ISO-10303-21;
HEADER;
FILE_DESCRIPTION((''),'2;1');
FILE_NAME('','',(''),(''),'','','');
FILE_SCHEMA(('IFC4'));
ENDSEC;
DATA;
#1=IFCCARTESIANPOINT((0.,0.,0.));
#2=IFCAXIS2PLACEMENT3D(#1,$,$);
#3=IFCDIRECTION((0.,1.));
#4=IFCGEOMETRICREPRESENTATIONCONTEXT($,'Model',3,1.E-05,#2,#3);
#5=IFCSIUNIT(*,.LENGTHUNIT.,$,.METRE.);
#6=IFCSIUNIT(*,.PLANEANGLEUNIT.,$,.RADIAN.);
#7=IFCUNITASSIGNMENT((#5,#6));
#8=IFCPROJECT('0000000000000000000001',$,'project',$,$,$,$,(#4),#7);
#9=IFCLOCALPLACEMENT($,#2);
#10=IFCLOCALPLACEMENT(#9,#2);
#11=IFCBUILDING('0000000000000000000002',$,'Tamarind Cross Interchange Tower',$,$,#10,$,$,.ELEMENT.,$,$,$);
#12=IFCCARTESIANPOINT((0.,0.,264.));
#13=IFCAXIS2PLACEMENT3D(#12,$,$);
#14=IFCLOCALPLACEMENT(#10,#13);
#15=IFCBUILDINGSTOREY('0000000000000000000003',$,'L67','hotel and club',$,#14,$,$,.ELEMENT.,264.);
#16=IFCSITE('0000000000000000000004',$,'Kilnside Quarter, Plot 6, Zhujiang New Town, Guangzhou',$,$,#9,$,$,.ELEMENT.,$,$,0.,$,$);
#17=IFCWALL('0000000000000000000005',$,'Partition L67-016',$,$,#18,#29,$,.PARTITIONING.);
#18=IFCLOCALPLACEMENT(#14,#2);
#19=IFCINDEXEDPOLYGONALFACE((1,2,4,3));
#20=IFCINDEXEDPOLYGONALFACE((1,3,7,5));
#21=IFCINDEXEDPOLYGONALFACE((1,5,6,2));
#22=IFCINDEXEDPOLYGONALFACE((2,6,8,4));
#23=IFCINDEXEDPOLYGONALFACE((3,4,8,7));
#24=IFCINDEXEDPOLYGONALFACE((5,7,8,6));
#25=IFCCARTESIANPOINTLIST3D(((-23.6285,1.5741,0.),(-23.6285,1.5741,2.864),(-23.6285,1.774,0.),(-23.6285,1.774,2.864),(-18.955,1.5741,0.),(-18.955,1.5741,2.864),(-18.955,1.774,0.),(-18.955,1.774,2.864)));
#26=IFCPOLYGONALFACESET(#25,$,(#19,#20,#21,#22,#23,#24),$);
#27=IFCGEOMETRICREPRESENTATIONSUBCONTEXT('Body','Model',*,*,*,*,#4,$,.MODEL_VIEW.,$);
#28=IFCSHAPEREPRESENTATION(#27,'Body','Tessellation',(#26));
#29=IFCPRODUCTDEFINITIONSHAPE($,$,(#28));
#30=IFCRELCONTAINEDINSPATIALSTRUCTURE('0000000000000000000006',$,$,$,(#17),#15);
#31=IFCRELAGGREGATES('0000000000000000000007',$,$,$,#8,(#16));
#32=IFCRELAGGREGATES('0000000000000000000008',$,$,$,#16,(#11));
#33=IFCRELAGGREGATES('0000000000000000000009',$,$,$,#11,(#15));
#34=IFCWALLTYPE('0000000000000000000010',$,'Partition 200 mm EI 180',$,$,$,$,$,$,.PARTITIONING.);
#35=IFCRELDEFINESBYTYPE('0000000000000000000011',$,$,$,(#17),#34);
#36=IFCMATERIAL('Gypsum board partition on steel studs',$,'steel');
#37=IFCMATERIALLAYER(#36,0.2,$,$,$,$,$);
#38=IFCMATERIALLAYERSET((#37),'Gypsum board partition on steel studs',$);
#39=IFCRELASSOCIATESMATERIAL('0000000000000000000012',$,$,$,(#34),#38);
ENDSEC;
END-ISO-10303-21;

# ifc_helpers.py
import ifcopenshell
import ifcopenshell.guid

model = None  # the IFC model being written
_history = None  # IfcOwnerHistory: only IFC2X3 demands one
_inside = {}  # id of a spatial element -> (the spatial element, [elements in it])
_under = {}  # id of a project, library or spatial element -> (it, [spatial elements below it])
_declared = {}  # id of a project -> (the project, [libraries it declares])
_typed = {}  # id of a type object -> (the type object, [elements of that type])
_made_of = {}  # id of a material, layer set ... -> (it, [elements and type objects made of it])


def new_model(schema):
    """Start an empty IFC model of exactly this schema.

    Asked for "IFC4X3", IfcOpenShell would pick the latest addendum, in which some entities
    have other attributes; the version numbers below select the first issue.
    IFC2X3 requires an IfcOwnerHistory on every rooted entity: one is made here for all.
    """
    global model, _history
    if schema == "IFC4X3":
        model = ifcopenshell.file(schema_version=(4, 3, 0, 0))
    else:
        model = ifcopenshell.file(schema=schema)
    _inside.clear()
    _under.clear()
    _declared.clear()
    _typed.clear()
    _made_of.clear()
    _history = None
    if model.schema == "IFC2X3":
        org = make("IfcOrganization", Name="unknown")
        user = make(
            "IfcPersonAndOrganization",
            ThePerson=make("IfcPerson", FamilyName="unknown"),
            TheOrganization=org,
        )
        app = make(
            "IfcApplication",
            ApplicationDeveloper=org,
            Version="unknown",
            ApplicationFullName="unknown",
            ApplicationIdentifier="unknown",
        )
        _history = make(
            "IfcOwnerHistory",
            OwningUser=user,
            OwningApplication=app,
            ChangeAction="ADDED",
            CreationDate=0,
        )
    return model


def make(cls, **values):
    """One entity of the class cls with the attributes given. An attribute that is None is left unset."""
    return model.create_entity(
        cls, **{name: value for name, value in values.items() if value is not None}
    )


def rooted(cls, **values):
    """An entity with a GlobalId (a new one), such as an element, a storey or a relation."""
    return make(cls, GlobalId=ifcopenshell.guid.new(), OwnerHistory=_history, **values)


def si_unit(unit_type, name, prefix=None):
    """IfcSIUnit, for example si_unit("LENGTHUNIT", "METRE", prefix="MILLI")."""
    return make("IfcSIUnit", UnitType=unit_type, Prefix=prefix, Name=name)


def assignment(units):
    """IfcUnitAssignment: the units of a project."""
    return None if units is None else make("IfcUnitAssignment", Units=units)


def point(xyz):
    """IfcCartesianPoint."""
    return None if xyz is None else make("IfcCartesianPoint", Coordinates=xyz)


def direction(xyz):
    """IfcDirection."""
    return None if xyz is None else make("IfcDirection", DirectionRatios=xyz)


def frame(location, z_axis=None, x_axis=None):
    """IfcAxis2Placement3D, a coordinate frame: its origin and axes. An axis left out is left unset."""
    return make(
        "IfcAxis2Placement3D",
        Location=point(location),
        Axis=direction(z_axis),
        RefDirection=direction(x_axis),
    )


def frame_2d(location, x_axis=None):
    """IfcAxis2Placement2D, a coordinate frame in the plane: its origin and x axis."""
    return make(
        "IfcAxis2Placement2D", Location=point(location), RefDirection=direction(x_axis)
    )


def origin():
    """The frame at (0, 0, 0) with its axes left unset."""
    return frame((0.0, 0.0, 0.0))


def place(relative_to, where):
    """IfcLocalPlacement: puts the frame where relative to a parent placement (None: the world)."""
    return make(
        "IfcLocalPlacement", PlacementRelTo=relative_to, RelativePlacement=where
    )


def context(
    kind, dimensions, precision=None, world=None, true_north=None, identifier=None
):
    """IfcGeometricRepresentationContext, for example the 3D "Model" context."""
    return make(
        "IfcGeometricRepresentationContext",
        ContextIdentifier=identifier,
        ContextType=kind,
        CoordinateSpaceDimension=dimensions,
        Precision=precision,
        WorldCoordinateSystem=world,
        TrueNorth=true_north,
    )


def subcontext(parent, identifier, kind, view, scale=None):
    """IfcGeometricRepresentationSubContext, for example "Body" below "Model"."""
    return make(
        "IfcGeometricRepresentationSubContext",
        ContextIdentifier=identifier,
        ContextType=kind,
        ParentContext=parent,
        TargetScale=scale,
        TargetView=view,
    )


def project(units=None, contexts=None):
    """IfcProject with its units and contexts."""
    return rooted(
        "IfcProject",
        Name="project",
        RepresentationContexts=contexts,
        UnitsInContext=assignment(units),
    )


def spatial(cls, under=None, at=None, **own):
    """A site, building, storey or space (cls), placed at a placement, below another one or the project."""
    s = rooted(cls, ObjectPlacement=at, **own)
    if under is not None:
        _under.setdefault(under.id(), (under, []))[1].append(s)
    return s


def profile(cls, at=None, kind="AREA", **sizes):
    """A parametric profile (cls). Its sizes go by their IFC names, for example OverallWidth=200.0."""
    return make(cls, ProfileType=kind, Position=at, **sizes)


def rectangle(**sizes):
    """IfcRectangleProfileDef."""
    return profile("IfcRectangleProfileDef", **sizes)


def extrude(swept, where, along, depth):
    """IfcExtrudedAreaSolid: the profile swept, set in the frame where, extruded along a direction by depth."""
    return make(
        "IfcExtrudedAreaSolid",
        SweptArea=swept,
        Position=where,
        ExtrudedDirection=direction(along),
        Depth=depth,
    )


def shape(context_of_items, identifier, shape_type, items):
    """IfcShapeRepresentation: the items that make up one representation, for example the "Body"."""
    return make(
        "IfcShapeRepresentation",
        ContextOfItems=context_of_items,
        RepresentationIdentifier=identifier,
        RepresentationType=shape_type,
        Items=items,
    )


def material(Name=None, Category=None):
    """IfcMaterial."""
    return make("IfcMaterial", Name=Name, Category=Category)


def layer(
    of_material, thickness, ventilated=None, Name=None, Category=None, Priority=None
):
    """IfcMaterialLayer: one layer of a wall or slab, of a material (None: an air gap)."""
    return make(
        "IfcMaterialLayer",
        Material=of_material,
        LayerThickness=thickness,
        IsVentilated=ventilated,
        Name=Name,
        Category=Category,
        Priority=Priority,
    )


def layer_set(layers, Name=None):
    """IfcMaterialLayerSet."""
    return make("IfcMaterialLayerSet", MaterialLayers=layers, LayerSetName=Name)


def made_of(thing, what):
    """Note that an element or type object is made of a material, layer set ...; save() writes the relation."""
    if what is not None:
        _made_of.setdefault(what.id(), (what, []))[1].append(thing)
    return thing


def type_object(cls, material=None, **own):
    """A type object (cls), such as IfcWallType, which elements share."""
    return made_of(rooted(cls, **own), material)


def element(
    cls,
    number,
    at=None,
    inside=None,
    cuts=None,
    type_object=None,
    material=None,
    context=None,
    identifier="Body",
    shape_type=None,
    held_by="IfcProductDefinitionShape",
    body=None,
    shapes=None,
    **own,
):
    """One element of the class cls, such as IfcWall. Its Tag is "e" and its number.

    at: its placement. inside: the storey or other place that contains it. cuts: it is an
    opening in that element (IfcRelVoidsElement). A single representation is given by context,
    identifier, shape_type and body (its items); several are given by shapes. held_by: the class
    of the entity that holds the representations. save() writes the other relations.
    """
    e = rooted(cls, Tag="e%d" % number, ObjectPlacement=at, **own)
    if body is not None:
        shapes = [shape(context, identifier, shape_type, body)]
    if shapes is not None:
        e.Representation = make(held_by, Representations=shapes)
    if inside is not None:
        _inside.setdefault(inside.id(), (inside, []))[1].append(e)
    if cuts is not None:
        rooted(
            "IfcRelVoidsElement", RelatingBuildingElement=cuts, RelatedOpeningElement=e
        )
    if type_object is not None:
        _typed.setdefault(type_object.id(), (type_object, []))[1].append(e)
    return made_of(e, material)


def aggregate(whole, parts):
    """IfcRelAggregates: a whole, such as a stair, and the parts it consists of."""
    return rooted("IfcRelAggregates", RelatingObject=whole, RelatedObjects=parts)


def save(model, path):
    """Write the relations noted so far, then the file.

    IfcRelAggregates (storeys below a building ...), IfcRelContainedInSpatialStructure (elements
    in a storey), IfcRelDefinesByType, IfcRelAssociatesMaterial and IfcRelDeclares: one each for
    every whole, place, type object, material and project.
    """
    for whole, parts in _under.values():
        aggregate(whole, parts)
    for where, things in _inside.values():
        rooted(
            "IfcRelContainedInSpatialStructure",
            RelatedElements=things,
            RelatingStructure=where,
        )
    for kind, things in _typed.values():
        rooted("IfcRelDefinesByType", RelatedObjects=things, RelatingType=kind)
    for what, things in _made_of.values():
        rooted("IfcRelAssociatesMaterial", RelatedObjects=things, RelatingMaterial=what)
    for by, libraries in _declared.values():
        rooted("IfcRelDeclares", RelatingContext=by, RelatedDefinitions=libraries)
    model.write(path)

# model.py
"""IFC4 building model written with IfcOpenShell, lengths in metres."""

from ifc_helpers import new_model, si_unit, direction, frame, frame_2d, origin, place, context, subcontext, project, spatial, rectangle, extrude, material, layer, layer_set, type_object, element, save


model = new_model("IFC4")

# Units and contexts
model_context = context("Model", 3, precision=1e-05, world=origin(), true_north=direction((0.0, 1.0)))
body_context = subcontext(model_context, "Body", "Model", "MODEL_VIEW")
ifc_project = project(units=[si_unit("LENGTHUNIT", "METRE"), si_unit("PLANEANGLEUNIT", "RADIAN")], contexts=[model_context])

# Site, building, storey
site_placement = place(None, origin())
site = spatial("IfcSite", under=ifc_project, at=site_placement, Name="Kilnside Quarter, Plot 6, Zhujiang New Town, Guangzhou", CompositionType="ELEMENT", RefElevation=0.0)
building_placement = place(site_placement, origin())
building = spatial("IfcBuilding", under=site, at=building_placement, Name="Tamarind Cross Interchange Tower", CompositionType="ELEMENT")
storey_placement = place(building_placement, frame((0.0, 0.0, 264.0)))
storey = spatial("IfcBuildingStorey", under=building, at=storey_placement, Name="L67", Description="hotel and club", CompositionType="ELEMENT", Elevation=264.0)

# Shared definitions
ifc_material_1 = material(Name="Gypsum board partition on steel studs", Category="steel")

# Wall
ifc_layer_1 = layer(ifc_material_1, 0.2)
ifc_layer_set_1 = layer_set([ifc_layer_1], Name="Gypsum board partition on steel studs")
wall_type_1 = type_object("IfcWallType", Name="Partition 200 mm EI 180", PredefinedType="PARTITIONING", material=ifc_layer_set_1)
wall_1_placement = place(storey_placement, frame((-23.6287, 1.6741, 0.0), z_axis=(0.0, 0.0, 1.0), x_axis=(1.0, 0.0, 0.0)))
element("IfcWall", 1, at=wall_1_placement, inside=storey, type_object=wall_type_1, Name="Partition L67-016", PredefinedType="PARTITIONING", context=body_context, shape_type="SweptSolid", body=[
    extrude(rectangle(XDim=4.6736, YDim=0.2, at=frame_2d((2.3369, 0.0))), origin(), (0.0, 0.0, 1.0), 2.864),
])

save(model, "model.ifc")
